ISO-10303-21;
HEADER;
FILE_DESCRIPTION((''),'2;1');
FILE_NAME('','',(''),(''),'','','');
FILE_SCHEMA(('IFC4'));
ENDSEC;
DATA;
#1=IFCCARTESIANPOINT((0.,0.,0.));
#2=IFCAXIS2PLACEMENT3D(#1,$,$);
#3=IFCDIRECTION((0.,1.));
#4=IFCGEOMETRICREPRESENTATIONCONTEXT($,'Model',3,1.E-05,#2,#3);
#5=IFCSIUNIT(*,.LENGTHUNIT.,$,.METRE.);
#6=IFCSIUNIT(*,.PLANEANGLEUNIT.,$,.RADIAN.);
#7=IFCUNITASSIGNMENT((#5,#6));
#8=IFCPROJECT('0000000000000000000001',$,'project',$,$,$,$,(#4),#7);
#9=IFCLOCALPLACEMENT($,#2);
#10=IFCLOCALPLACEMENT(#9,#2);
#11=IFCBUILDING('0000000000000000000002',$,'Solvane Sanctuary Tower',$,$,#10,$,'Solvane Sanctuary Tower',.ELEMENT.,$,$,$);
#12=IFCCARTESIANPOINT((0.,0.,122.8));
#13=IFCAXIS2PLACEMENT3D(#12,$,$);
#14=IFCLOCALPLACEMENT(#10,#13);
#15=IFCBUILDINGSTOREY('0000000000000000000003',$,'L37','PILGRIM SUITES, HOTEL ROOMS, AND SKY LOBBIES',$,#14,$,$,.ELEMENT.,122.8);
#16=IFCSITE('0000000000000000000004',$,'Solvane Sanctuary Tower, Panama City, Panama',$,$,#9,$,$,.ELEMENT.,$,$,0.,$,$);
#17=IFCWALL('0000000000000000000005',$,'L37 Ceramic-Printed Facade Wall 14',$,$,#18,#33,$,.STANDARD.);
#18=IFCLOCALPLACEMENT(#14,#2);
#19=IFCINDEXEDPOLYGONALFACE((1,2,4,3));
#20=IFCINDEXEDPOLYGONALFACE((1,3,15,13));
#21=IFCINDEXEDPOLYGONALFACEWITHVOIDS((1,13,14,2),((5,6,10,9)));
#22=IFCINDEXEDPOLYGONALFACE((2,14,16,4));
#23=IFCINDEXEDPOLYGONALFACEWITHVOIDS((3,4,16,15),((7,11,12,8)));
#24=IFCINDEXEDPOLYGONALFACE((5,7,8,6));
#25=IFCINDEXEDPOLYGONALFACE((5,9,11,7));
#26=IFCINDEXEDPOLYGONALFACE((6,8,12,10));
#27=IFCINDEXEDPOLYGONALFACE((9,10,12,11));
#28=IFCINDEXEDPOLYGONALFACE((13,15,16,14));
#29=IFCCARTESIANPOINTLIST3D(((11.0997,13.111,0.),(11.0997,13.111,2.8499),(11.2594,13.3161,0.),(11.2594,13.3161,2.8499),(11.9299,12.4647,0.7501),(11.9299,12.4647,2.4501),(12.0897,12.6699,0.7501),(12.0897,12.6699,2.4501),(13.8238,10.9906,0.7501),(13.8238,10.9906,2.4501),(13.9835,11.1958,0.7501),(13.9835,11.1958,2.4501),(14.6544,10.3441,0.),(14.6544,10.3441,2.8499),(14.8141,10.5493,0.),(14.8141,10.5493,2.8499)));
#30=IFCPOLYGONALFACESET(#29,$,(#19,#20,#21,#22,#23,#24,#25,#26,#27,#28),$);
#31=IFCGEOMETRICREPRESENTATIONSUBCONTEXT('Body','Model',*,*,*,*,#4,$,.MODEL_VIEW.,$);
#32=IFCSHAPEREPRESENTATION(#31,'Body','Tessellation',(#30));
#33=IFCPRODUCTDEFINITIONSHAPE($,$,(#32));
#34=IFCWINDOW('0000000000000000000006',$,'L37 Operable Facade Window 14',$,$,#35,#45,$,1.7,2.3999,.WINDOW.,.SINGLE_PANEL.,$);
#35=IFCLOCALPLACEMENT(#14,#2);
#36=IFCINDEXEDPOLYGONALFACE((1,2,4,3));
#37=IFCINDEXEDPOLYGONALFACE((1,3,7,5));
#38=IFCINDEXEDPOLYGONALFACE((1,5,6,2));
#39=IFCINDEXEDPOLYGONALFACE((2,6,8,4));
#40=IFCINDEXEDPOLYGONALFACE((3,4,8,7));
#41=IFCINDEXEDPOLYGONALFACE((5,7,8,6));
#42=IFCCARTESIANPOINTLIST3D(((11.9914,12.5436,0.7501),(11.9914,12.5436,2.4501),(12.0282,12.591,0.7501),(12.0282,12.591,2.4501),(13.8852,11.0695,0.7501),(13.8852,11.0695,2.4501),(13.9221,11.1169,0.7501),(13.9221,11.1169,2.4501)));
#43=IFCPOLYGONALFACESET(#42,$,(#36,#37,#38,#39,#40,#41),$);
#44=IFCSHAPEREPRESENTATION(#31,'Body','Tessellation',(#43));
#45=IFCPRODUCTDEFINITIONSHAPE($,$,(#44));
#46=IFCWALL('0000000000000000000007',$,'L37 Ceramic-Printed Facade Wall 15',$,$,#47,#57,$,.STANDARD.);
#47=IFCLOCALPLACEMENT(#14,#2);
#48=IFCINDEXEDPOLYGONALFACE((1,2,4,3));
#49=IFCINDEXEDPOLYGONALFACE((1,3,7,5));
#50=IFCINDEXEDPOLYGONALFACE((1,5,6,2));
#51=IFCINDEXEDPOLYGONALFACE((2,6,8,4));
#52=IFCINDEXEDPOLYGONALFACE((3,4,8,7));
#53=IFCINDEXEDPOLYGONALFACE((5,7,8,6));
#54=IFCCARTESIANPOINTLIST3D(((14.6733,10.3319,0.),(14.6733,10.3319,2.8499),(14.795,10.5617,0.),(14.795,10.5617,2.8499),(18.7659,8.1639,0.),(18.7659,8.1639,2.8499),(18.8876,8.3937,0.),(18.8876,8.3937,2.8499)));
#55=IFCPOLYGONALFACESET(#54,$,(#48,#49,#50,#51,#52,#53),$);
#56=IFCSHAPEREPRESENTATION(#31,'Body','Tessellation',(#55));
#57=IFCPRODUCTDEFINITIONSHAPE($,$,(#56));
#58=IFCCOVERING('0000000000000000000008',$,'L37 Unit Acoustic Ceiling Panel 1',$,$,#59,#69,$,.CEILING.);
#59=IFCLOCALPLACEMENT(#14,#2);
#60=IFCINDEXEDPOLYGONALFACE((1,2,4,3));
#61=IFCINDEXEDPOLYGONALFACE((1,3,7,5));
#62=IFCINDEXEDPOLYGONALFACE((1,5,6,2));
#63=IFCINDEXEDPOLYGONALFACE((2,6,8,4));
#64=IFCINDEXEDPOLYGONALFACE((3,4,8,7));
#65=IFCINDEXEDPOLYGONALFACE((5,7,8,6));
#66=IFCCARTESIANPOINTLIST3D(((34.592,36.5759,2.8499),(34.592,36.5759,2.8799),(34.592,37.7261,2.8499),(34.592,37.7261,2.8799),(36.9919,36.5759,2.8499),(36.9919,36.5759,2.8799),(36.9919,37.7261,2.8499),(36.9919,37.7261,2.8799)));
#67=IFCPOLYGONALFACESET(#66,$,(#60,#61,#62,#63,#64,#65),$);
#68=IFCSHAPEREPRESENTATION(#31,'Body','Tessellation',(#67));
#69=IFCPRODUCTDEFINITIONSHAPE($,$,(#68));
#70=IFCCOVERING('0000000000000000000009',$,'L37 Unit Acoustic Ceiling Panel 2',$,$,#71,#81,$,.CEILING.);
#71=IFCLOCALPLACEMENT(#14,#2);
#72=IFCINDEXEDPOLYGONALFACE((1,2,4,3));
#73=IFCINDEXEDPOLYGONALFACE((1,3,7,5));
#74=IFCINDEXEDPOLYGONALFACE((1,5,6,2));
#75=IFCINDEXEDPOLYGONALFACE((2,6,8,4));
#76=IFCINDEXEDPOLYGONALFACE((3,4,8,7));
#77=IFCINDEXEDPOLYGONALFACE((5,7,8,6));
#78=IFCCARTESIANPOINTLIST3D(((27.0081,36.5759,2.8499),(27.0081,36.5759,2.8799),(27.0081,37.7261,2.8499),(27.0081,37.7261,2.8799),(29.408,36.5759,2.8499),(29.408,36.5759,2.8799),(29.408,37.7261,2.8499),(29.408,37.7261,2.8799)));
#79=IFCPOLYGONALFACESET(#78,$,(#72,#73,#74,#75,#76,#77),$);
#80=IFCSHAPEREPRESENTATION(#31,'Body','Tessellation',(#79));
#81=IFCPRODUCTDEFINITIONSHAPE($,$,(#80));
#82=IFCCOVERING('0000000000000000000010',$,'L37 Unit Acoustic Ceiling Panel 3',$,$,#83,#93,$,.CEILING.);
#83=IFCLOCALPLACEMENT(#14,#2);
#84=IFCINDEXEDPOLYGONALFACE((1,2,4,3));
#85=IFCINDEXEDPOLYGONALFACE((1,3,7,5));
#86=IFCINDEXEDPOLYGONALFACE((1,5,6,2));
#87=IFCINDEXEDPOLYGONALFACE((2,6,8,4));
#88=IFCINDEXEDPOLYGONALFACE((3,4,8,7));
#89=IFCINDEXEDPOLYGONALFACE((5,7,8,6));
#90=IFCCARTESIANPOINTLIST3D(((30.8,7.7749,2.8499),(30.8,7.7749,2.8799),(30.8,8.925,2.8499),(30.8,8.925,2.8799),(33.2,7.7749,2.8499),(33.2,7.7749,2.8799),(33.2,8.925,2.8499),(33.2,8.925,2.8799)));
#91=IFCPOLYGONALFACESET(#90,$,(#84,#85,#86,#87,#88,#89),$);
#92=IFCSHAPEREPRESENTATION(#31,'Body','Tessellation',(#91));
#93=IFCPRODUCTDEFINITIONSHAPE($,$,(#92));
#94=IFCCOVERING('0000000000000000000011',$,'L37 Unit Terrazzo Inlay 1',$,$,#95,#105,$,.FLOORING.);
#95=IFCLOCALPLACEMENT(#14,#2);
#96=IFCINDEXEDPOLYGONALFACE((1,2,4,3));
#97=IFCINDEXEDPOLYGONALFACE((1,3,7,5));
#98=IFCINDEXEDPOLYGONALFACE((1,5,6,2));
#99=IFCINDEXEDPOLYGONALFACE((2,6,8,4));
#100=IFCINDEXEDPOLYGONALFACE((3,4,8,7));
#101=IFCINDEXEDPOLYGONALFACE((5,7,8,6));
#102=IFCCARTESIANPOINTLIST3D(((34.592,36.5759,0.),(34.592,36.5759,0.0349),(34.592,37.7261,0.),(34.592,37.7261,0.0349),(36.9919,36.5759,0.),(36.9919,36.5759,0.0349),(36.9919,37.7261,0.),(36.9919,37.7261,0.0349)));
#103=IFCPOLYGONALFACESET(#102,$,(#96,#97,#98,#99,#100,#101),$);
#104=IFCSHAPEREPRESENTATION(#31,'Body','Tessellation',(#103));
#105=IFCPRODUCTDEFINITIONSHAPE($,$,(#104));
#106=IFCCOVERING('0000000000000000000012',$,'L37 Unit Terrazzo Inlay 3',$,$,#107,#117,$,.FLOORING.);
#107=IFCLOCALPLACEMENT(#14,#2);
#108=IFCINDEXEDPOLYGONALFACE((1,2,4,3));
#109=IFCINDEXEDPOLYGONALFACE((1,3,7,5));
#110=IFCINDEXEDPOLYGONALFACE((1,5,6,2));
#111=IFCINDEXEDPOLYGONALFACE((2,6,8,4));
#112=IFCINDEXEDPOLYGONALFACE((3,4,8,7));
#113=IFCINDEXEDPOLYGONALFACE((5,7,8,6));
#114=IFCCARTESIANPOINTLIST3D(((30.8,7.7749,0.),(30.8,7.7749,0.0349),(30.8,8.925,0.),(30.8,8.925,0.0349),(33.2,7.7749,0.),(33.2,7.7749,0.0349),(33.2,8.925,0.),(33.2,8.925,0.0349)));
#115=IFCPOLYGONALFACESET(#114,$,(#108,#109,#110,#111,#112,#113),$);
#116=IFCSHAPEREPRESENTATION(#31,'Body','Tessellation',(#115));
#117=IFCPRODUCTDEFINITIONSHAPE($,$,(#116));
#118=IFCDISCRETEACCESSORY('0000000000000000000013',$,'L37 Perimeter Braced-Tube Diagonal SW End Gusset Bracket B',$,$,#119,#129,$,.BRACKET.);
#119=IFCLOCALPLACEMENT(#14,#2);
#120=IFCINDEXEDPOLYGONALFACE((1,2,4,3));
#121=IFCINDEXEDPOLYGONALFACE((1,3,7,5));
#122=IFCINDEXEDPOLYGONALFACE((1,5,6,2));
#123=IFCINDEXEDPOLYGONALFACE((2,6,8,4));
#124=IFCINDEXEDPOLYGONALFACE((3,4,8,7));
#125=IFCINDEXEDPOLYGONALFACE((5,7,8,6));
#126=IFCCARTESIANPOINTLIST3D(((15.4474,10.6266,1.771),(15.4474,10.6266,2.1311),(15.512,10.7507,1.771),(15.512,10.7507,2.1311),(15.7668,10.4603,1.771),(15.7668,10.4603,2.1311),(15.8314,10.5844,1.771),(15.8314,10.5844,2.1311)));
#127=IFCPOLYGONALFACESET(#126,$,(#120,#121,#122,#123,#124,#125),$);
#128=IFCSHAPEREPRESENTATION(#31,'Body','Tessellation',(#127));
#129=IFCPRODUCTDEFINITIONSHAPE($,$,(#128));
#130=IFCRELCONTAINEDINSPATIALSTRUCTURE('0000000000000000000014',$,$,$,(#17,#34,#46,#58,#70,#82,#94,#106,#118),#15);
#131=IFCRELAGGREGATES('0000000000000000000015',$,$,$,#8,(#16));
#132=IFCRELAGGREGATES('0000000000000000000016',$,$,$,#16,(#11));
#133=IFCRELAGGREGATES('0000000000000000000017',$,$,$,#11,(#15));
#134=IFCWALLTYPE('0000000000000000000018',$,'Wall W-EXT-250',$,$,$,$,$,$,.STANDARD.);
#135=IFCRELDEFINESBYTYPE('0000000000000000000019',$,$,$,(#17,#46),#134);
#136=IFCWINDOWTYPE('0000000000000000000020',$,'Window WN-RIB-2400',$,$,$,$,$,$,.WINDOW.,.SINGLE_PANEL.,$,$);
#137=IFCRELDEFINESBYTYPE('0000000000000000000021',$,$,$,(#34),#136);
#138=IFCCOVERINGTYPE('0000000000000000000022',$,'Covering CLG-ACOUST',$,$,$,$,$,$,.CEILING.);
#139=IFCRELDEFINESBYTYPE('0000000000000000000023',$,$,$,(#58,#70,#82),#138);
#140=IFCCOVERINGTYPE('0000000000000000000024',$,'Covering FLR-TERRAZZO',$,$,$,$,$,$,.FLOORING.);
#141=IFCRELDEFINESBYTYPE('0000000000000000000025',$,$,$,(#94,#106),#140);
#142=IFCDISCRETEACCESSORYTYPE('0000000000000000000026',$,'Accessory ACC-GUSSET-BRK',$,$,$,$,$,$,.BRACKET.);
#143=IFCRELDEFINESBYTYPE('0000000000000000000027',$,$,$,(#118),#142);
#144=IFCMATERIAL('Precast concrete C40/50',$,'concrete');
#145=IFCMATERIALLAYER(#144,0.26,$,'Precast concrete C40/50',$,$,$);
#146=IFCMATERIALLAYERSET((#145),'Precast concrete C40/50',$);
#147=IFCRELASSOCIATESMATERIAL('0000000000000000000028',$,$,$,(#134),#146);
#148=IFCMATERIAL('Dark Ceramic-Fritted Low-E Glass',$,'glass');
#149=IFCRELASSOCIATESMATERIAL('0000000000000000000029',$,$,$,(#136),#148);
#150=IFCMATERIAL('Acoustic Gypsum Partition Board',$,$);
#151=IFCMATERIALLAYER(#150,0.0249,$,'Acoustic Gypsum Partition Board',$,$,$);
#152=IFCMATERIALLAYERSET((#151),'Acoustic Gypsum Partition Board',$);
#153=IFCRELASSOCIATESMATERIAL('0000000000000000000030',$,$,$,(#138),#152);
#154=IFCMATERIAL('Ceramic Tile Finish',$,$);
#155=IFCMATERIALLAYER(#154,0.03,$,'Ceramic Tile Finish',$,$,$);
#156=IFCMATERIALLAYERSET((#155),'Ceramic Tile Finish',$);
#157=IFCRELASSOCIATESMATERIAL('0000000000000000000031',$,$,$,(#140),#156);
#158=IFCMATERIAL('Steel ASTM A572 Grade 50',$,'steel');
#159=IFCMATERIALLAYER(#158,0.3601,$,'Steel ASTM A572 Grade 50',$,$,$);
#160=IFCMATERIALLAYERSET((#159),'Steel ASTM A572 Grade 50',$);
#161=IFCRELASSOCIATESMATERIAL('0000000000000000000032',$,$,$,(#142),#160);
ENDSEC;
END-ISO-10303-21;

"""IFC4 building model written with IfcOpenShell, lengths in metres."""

from ifc_helpers import new_model, si_unit, direction, frame, frame_2d, origin, origin_2d, place, context, subcontext, project, spatial, polyline, rectangle, outline, extrude, material, layer, layer_set, type_object, element, fill, save


model = new_model("IFC4")

# Units and contexts
model_context = context("Model", 3, precision=1e-05, world=origin(), true_north=direction((0.0, 1.0)))
body_context = subcontext(model_context, "Body", "Model", "MODEL_VIEW")
ifc_project = project(units=[si_unit("LENGTHUNIT", "METRE"), si_unit("PLANEANGLEUNIT", "RADIAN")], contexts=[model_context])

# Site, building, storey
site_placement = place(None, origin())
site = spatial("IfcSite", under=ifc_project, at=site_placement, Name="Solvane Sanctuary Tower, Panama City, Panama", CompositionType="ELEMENT", RefElevation=0.0)
building_placement = place(site_placement, origin())
building = spatial("IfcBuilding", under=site, at=building_placement, Name="Solvane Sanctuary Tower", LongName="Solvane Sanctuary Tower", CompositionType="ELEMENT")
storey_placement = place(building_placement, frame((0.0, 0.0, 122.8)))
storey = spatial("IfcBuildingStorey", under=building, at=storey_placement, Name="L37", Description="PILGRIM SUITES, HOTEL ROOMS, AND SKY LOBBIES", CompositionType="ELEMENT", Elevation=122.8)

# Shared definitions
ifc_material_1 = material(Name="Acoustic Gypsum Partition Board")

# Wall, opening, window
ifc_material_2 = material(Name="Precast concrete C40/50", Category="concrete")
ifc_layer_1 = layer(ifc_material_2, 0.26, Name="Precast concrete C40/50")
ifc_layer_set_1 = layer_set([ifc_layer_1], Name="Precast concrete C40/50")
wall_type_1 = type_object("IfcWallType", Name="Wall W-EXT-250", PredefinedType="STANDARD", material=ifc_layer_set_1)
wall_1_placement = place(storey_placement, frame((11.1794, 13.2136, 0.0), z_axis=(0.0, 0.0, 1.0), x_axis=(0.789127, -0.614229, 0.0)))
wall_1 = element("IfcWall", 1, at=wall_1_placement, inside=storey, type_object=wall_type_1, Name="L37 Ceramic-Printed Facade Wall 14", PredefinedType="STANDARD", context=body_context, shape_type="SweptSolid", body=[
    extrude(rectangle(XDim=4.5046, YDim=0.26, at=frame_2d((2.2524, 0.0))), origin(), (0.0, 0.0, 1.0), 2.8499),
])
opening_1_placement = place(wall_1_placement, frame((1.0522, 0.0, 0.75)))
opening_1 = element("IfcOpeningElement", 2, at=opening_1_placement, cuts=wall_1, PredefinedType="OPENING", context=body_context, shape_type="SweptSolid", body=[
    extrude(rectangle(XDim=2.3999, YDim=1.7, at=frame_2d((1.2, 0.8501))), frame((0.0, 0.1399, 0.0), z_axis=(0.0, -1.0, 0.0), x_axis=(1.0, 0.0, 0.0)), (0.0, 0.0, 1.0), 0.28),
])
ifc_material_3 = material(Name="Dark Ceramic-Fritted Low-E Glass", Category="glass")
window_type = type_object("IfcWindowType", Name="Window WN-RIB-2400", PartitioningType="SINGLE_PANEL", PredefinedType="WINDOW", material=ifc_material_3)
window_placement = place(opening_1_placement, origin())
window = element("IfcWindow", 3, at=window_placement, inside=storey, type_object=window_type, Name="L37 Operable Facade Window 14", OverallHeight=1.7, OverallWidth=2.3999, PartitioningType="SINGLE_PANEL", PredefinedType="WINDOW", context=body_context, shape_type="SweptSolid", body=[
    extrude(rectangle(XDim=2.3999, YDim=1.7, at=frame_2d((1.2, 0.8501))), frame((0.0, 0.03, 0.0), z_axis=(0.0, -1.0, 0.0), x_axis=(1.0, 0.0, 0.0)), (0.0, 0.0, 1.0), 0.0601),
])
fill(opening_1, window)

# Wall
wall_2_placement = place(storey_placement, frame((14.7341, 10.4468, 0.0), z_axis=(0.0, 0.0, 1.0), x_axis=(0.883669, -0.468113, 0.0)))
element("IfcWall", 4, at=wall_2_placement, inside=storey, type_object=wall_type_1, Name="L37 Ceramic-Printed Facade Wall 15", PredefinedType="STANDARD", context=body_context, shape_type="SweptSolid", body=[
    extrude(rectangle(XDim=4.6313, YDim=0.26, at=frame_2d((2.3157, 0.0))), origin(), (0.0, 0.0, 1.0), 2.8499),
])

# Coverings
ifc_layer_2 = layer(ifc_material_1, 0.0249, Name="Acoustic Gypsum Partition Board")
ifc_layer_set_2 = layer_set([ifc_layer_2], Name="Acoustic Gypsum Partition Board")
covering_type_1 = type_object("IfcCoveringType", Name="Covering CLG-ACOUST", PredefinedType="CEILING", material=ifc_layer_set_2)
covering_1_placement = place(storey_placement, frame((0.0, 0.0, 2.8499)))
element("IfcCovering", 5, at=covering_1_placement, inside=storey, type_object=covering_type_1, Name="L37 Unit Acoustic Ceiling Panel 1", PredefinedType="CEILING", context=body_context, shape_type="SweptSolid", body=[
    extrude(outline(polyline([(34.592, 36.5759), (36.9919, 36.5759), (36.9919, 37.7261), (34.592, 37.7261), (34.592, 36.5759)])), origin(), (0.0, 0.0, 1.0), 0.03),
])
covering_2_placement = place(storey_placement, frame((0.0, 0.0, 2.8499)))
element("IfcCovering", 6, at=covering_2_placement, inside=storey, type_object=covering_type_1, Name="L37 Unit Acoustic Ceiling Panel 2", PredefinedType="CEILING", context=body_context, shape_type="SweptSolid", body=[
    extrude(outline(polyline([(27.0081, 36.5759), (29.408, 36.5759), (29.408, 37.7261), (27.0081, 37.7261), (27.0081, 36.5759)])), origin(), (0.0, 0.0, 1.0), 0.03),
])
covering_3_placement = place(storey_placement, frame((0.0, 0.0, 2.8499)))
element("IfcCovering", 7, at=covering_3_placement, inside=storey, type_object=covering_type_1, Name="L37 Unit Acoustic Ceiling Panel 3", PredefinedType="CEILING", context=body_context, shape_type="SweptSolid", body=[
    extrude(outline(polyline([(30.8, 7.7749), (33.2, 7.7749), (33.2, 8.925), (30.8, 8.925), (30.8, 7.7749)])), origin(), (0.0, 0.0, 1.0), 0.03),
])
ifc_material_4 = material(Name="Ceramic Tile Finish")
ifc_layer_3 = layer(ifc_material_4, 0.03, Name="Ceramic Tile Finish")
ifc_layer_set_3 = layer_set([ifc_layer_3], Name="Ceramic Tile Finish")
covering_type_2 = type_object("IfcCoveringType", Name="Covering FLR-TERRAZZO", PredefinedType="FLOORING", material=ifc_layer_set_3)
covering_4_placement = place(storey_placement, origin())
element("IfcCovering", 8, at=covering_4_placement, inside=storey, type_object=covering_type_2, Name="L37 Unit Terrazzo Inlay 1", PredefinedType="FLOORING", context=body_context, shape_type="SweptSolid", body=[
    extrude(outline(polyline([(34.592, 36.5759), (36.9919, 36.5759), (36.9919, 37.7261), (34.592, 37.7261), (34.592, 36.5759)])), origin(), (0.0, 0.0, 1.0), 0.0349),
])
covering_5_placement = place(storey_placement, origin())
element("IfcCovering", 9, at=covering_5_placement, inside=storey, type_object=covering_type_2, Name="L37 Unit Terrazzo Inlay 3", PredefinedType="FLOORING", context=body_context, shape_type="SweptSolid", body=[
    extrude(outline(polyline([(30.8, 7.7749), (33.2, 7.7749), (33.2, 8.925), (30.8, 8.925), (30.8, 7.7749)])), origin(), (0.0, 0.0, 1.0), 0.0349),
])

# Discrete accessory
ifc_material_5 = material(Name="Steel ASTM A572 Grade 50", Category="steel")
ifc_layer_4 = layer(ifc_material_5, 0.3601, Name="Steel ASTM A572 Grade 50")
ifc_layer_set_4 = layer_set([ifc_layer_4], Name="Steel ASTM A572 Grade 50")
discrete_accessory_type = type_object("IfcDiscreteAccessoryType", Name="Accessory ACC-GUSSET-BRK", PredefinedType="BRACKET", material=ifc_layer_set_4)
discrete_accessory_placement = place(storey_placement, frame((15.6394, 10.6055, 1.771), z_axis=(0.0, 0.0, 1.0), x_axis=(-0.887011, 0.461749, 0.0)))
element("IfcDiscreteAccessory", 10, at=discrete_accessory_placement, inside=storey, type_object=discrete_accessory_type, Name="L37 Perimeter Braced-Tube Diagonal SW End Gusset Bracket B", PredefinedType="BRACKET", context=body_context, shape_type="SweptSolid", body=[
    extrude(rectangle(XDim=0.3601, YDim=0.1399, at=origin_2d()), origin(), (0.0, 0.0, 1.0), 0.3601),
])

save(model, "model.ifc")
